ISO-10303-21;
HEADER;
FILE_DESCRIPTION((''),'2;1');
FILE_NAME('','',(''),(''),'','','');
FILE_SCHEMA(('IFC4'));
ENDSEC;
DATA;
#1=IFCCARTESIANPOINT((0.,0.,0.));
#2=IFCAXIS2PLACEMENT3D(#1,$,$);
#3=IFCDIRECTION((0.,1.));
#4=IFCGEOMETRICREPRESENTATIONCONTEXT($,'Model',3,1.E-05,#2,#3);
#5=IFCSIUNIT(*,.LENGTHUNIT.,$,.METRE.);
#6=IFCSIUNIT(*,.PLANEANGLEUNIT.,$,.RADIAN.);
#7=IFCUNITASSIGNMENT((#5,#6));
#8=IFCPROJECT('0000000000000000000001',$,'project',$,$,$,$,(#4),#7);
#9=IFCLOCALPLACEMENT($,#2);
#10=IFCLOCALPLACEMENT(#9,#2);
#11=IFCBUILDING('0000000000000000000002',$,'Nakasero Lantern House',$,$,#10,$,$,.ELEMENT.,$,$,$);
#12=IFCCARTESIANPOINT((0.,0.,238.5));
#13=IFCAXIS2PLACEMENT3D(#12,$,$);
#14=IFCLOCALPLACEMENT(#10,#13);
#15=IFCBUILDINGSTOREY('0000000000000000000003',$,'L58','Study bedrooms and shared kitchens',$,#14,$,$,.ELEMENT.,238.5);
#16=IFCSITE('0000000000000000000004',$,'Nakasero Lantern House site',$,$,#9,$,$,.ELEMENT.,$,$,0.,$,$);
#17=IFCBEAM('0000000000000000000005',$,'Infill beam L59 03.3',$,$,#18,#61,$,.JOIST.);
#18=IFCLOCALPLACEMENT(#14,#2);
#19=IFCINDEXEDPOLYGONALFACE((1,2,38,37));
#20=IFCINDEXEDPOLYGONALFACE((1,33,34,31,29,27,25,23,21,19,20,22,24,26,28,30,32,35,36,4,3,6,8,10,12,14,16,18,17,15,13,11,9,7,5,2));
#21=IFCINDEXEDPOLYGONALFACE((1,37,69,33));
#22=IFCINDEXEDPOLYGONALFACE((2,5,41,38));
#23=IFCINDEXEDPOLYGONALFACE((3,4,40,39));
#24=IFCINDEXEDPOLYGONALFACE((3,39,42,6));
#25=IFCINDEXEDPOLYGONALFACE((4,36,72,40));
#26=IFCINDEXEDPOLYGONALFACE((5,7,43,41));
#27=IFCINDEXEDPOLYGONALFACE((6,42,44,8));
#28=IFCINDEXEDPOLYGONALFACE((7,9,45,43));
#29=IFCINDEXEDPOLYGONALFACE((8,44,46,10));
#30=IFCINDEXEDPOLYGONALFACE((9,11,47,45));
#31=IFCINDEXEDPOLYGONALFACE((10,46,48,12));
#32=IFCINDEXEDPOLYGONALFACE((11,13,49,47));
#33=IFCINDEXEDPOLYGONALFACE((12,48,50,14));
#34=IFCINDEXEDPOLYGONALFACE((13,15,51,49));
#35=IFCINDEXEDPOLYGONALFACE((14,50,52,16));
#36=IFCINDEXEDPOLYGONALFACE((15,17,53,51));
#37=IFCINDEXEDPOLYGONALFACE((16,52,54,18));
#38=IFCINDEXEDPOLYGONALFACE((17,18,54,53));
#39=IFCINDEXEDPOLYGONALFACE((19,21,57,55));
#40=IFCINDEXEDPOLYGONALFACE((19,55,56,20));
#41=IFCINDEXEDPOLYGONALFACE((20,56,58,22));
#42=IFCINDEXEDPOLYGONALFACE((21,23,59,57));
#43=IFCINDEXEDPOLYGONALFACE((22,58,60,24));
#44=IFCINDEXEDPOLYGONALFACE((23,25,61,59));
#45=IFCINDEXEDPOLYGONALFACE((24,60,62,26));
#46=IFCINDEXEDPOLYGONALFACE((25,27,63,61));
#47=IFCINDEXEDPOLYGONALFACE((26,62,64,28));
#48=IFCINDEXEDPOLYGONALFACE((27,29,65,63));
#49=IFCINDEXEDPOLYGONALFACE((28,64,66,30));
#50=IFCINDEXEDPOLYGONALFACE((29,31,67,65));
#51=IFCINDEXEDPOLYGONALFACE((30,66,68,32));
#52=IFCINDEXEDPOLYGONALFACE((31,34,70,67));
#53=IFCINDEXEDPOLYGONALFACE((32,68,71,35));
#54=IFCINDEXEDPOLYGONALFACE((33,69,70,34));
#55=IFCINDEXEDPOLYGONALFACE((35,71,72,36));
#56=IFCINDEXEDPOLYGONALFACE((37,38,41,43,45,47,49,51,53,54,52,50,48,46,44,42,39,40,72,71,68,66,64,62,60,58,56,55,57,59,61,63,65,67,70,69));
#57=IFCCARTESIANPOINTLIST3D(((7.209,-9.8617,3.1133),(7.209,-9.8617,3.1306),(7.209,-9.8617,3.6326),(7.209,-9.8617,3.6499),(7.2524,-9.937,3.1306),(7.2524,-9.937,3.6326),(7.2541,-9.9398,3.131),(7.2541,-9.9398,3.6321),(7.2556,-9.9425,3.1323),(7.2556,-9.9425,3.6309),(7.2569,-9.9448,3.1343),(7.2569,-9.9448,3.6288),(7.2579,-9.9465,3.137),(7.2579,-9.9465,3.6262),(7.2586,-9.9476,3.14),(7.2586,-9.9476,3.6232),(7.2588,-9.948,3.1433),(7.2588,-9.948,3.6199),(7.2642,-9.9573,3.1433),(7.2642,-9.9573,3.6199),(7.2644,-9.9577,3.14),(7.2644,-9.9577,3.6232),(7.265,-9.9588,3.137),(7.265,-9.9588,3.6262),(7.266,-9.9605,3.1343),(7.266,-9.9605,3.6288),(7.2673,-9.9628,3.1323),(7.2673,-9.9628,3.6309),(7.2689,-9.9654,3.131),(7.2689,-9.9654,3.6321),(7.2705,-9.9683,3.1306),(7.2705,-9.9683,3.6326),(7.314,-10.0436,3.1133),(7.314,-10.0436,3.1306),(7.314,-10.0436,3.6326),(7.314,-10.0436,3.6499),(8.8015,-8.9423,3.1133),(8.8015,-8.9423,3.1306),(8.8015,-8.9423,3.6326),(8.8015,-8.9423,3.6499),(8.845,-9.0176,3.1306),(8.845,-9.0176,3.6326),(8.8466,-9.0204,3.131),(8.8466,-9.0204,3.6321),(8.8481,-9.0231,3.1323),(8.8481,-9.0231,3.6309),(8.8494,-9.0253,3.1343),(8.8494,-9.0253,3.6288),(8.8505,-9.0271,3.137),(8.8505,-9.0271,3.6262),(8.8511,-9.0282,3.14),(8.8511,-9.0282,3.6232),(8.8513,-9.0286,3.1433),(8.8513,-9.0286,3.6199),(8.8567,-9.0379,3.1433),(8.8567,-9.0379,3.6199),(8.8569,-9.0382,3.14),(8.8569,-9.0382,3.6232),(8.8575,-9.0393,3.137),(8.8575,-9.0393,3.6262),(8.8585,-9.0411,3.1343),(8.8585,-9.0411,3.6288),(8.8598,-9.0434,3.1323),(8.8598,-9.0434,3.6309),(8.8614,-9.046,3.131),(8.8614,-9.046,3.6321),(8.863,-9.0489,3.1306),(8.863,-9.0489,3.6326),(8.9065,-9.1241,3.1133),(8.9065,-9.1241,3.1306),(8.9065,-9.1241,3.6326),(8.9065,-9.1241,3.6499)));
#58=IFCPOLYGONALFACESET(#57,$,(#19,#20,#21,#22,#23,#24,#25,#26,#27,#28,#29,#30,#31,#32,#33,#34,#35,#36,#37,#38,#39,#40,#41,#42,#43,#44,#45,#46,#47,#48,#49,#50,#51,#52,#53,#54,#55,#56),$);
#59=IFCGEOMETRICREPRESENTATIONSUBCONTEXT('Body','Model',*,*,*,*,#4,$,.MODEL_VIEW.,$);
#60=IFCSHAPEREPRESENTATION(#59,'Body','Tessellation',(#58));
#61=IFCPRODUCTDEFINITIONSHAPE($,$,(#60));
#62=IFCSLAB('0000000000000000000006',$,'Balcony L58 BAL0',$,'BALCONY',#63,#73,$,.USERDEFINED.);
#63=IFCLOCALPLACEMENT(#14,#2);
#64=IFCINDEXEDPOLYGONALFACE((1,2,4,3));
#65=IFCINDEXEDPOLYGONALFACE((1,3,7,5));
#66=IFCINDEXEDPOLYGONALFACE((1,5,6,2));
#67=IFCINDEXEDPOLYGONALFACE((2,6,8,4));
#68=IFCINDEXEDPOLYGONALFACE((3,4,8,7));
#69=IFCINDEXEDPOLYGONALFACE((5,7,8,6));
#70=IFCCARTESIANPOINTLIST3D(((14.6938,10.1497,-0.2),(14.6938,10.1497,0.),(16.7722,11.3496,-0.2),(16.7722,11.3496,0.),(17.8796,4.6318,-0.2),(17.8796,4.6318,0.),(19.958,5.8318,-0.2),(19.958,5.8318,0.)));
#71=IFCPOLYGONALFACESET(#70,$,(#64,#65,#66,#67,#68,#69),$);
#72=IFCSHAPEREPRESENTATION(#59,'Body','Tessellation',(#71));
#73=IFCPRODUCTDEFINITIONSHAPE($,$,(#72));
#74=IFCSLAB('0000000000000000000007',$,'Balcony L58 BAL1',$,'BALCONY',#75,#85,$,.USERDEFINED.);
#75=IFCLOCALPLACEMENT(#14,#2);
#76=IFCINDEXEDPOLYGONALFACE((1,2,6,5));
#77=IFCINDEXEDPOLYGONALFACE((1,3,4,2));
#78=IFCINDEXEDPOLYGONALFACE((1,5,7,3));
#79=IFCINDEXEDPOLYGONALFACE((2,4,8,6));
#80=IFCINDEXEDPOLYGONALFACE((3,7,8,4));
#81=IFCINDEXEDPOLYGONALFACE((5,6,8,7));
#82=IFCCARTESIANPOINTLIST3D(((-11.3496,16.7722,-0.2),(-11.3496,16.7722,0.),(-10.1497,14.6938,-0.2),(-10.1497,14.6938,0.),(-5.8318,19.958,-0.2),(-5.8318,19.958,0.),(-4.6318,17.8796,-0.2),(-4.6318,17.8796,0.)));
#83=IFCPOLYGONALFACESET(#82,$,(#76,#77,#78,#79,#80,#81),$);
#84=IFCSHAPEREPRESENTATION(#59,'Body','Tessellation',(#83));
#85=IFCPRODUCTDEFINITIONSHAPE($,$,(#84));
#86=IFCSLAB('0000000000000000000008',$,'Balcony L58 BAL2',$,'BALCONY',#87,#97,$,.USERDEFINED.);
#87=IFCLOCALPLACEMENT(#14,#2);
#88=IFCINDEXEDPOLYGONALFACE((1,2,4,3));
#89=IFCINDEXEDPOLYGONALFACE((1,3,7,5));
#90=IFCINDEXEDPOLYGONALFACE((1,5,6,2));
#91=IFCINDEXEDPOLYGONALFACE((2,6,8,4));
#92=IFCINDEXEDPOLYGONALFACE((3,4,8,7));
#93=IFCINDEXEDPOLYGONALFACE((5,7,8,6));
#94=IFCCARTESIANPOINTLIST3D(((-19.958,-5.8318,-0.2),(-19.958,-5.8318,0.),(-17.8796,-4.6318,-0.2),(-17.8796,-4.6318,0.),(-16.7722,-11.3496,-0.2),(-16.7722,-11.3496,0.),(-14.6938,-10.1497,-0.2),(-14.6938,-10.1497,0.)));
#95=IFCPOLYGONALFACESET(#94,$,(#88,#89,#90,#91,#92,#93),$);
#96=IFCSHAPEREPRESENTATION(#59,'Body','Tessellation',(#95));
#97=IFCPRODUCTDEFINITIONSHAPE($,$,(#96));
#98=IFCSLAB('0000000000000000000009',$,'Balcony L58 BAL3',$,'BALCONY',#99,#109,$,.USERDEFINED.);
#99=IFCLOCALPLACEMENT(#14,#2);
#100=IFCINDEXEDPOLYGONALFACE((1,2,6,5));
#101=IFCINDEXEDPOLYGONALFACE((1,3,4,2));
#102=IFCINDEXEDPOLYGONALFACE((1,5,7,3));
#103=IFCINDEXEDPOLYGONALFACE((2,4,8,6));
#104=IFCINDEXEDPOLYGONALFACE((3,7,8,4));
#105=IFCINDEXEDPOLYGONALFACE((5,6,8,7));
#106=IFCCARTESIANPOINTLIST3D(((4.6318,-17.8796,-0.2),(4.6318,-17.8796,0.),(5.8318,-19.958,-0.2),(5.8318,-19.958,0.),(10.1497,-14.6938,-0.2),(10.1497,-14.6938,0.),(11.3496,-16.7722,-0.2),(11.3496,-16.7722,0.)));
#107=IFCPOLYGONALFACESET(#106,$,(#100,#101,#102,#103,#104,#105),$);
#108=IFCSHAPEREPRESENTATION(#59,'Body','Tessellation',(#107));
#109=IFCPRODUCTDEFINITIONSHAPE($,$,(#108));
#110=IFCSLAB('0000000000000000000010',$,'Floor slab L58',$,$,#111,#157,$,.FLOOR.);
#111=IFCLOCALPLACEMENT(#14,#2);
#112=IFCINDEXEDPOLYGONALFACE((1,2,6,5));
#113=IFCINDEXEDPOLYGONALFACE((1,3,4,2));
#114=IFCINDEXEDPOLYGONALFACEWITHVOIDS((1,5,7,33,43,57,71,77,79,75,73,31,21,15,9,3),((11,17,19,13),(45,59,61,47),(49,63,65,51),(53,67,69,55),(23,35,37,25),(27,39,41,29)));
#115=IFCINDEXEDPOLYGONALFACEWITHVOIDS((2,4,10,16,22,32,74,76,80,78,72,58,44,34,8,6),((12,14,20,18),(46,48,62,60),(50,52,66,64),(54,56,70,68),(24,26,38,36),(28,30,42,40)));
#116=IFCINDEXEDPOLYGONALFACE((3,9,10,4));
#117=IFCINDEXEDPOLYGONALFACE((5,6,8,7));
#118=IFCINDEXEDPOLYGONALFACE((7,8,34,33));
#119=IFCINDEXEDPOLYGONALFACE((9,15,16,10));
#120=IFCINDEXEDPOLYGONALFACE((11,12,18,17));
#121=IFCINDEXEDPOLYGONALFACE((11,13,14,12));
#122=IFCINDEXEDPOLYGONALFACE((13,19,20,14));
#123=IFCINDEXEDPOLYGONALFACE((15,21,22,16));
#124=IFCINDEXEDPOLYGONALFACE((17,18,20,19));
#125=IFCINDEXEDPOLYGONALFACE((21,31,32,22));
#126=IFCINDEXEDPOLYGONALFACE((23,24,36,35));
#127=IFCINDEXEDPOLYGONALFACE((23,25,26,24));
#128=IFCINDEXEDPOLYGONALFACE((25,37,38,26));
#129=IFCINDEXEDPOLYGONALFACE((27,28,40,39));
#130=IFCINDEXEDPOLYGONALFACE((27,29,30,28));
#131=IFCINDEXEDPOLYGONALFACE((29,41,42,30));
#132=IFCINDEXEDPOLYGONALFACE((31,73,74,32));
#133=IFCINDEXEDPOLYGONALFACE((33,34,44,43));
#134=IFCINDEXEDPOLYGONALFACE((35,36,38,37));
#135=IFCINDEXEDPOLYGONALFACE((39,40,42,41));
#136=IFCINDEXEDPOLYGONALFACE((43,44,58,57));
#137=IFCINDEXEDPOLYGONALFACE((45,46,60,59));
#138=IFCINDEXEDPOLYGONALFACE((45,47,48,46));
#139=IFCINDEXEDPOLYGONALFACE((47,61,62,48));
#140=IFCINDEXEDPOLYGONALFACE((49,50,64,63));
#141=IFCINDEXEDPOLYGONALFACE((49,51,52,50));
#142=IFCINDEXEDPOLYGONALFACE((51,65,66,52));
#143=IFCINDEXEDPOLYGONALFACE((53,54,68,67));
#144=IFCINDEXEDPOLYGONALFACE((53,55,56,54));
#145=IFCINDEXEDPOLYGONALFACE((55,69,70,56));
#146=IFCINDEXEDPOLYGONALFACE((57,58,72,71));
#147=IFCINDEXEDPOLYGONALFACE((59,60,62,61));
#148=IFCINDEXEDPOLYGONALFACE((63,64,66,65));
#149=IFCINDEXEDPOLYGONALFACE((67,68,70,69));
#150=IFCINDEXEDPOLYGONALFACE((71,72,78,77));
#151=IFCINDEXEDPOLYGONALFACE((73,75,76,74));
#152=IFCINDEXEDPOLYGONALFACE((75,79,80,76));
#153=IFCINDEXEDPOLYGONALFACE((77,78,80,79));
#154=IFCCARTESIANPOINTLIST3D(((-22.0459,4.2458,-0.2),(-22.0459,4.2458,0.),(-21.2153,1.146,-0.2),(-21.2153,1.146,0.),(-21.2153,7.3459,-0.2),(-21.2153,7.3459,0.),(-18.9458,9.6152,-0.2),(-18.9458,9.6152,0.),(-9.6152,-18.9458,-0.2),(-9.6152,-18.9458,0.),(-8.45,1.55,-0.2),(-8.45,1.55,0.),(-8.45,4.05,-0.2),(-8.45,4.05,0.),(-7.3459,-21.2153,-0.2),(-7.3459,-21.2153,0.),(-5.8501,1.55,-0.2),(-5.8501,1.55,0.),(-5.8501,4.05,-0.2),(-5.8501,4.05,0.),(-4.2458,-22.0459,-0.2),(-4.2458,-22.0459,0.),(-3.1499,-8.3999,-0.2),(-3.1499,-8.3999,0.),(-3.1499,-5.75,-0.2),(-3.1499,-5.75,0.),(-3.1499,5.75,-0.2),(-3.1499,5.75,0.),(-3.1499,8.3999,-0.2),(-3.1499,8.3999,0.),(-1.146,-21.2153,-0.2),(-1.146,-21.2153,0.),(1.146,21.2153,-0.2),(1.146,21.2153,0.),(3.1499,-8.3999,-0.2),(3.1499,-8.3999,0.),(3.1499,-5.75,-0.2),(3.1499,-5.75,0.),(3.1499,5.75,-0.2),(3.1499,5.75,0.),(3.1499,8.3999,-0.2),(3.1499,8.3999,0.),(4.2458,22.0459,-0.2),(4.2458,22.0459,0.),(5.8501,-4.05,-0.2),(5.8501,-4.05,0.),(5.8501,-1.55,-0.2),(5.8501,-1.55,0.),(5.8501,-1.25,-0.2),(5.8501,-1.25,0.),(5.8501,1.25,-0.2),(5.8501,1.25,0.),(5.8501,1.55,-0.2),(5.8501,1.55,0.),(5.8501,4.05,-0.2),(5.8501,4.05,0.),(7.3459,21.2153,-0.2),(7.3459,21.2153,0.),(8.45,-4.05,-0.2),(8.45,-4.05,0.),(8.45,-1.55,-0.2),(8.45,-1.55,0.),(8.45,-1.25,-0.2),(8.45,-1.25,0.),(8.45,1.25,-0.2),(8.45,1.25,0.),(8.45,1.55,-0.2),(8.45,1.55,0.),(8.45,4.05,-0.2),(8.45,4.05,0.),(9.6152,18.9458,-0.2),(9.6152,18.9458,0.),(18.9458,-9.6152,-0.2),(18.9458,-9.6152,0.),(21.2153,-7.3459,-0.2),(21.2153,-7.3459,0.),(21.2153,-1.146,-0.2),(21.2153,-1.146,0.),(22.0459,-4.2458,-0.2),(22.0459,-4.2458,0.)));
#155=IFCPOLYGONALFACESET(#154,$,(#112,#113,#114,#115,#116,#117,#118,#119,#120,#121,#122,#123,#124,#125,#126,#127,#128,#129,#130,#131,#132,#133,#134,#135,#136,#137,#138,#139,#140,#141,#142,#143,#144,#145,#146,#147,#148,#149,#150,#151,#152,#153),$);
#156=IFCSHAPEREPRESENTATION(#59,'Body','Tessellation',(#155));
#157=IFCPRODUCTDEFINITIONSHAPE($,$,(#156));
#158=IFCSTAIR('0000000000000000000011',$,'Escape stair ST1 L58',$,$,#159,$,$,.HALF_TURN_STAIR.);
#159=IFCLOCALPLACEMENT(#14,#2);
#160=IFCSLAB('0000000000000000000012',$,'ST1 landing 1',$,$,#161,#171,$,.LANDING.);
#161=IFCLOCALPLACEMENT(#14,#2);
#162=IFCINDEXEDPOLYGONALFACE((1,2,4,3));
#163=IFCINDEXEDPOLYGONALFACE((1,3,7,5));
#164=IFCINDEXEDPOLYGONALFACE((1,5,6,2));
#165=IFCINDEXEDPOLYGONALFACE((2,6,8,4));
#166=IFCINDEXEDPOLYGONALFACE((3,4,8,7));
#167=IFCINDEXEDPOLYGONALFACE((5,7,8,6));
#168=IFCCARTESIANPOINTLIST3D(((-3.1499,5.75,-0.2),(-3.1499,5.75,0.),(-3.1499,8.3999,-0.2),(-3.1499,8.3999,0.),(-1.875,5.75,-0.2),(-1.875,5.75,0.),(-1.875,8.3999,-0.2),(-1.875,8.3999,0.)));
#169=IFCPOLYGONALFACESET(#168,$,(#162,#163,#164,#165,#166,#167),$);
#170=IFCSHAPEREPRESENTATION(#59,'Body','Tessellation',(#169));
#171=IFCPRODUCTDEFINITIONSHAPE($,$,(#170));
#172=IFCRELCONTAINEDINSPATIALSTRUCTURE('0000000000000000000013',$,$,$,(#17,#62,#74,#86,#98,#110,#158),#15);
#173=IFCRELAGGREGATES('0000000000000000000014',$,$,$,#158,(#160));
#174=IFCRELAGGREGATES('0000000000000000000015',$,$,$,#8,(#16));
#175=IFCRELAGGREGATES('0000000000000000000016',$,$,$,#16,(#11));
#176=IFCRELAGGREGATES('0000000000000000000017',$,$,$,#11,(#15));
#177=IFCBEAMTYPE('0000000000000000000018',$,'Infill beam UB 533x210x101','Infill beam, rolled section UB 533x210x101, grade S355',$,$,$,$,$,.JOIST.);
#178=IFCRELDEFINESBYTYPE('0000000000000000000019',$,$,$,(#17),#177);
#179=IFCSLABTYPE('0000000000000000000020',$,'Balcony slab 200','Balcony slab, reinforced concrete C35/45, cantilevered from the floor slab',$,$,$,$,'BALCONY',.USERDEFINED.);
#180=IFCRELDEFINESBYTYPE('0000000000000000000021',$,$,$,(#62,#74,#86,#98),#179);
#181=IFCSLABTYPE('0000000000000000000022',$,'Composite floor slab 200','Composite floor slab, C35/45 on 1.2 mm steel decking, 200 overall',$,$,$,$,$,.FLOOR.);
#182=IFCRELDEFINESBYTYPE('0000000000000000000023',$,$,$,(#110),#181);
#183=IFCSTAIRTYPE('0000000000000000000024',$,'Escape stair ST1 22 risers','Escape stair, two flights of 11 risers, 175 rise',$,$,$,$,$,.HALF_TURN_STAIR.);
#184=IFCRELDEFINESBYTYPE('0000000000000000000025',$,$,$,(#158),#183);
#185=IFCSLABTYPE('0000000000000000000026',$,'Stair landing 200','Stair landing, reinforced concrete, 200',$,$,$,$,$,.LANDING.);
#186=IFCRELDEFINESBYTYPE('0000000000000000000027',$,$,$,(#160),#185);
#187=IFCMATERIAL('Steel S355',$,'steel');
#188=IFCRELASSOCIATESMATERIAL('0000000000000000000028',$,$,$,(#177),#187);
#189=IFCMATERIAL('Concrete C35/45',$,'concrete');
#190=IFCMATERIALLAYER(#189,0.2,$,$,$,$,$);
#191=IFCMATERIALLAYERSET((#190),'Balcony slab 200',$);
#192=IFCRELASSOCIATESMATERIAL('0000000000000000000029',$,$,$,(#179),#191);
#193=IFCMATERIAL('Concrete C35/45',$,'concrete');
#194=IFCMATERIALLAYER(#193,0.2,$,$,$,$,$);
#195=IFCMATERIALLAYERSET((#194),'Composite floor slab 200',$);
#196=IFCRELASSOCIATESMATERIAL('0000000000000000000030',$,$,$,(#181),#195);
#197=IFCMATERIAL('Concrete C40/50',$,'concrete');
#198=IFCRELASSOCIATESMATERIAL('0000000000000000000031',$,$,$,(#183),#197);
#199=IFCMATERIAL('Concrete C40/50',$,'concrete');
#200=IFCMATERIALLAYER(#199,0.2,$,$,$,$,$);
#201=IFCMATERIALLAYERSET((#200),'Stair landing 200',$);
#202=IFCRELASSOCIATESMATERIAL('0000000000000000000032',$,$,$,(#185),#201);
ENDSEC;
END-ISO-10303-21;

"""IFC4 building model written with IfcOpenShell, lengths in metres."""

from ifc_helpers import new_model, si_unit, direction, frame, origin, origin_2d, place, context, subcontext, project, spatial, polyline, i_section, outline, extrude, material, layer, layer_set, material_profile, profile_set, type_object, element, aggregate, save


model = new_model("IFC4")

# Units and contexts
model_context = context("Model", 3, precision=1e-05, world=origin(), true_north=direction((0.0, 1.0)))
body_context = subcontext(model_context, "Body", "Model", "MODEL_VIEW")
ifc_project = project(units=[si_unit("LENGTHUNIT", "METRE"), si_unit("PLANEANGLEUNIT", "RADIAN")], contexts=[model_context])

# Site, building, storey
site_placement = place(None, origin())
site = spatial("IfcSite", under=ifc_project, at=site_placement, Name="Nakasero Lantern House site", CompositionType="ELEMENT", RefElevation=0.0)
building_placement = place(site_placement, origin())
building = spatial("IfcBuilding", under=site, at=building_placement, Name="Nakasero Lantern House", CompositionType="ELEMENT")
storey_placement = place(building_placement, frame((0.0, 0.0, 238.5)))
storey = spatial("IfcBuildingStorey", under=building, at=storey_placement, Name="L58", Description="Study bedrooms and shared kitchens", CompositionType="ELEMENT", Elevation=238.5)

# Beam
ifc_material_1 = material(Name="Steel S355", Category="steel")
ifc_material_profile = material_profile(ifc_material_1, i_section(OverallWidth=0.21, OverallDepth=0.5366, WebThickness=0.0107, FlangeThickness=0.0173, FilletRadius=0.0127, at=origin_2d()), Name="UB 533x210x101")
ifc_profile_set = profile_set([ifc_material_profile], Name="Steel S355")
beam_type = type_object("IfcBeamType", Name="Infill beam UB 533x210x101", Description="Infill beam, rolled section UB 533x210x101, grade S355", PredefinedType="JOIST", material=ifc_profile_set)
beam_placement = place(storey_placement, frame((7.2615, -9.9526, 3.3816), z_axis=(0.866029, 0.499994, 0.0), x_axis=(-0.499994, 0.866029, 0.0)))
element("IfcBeam", 1, at=beam_placement, inside=storey, type_object=beam_type, Name="Infill beam L59 03.3", PredefinedType="JOIST", context=body_context, shape_type="SweptSolid", body=[
    extrude(i_section(OverallWidth=0.21, OverallDepth=0.5366, WebThickness=0.0107, FlangeThickness=0.0173, FilletRadius=0.0127, at=origin_2d()), origin(), (0.0, 0.0, 1.0), 1.8389),
])

# Slabs
ifc_material_2 = material(Name="Concrete C35/45", Category="concrete")
ifc_layer_1 = layer(ifc_material_2, 0.2)
ifc_layer_set_1 = layer_set([ifc_layer_1], Name="Balcony slab 200")
slab_type_1 = type_object("IfcSlabType", Name="Balcony slab 200", Description="Balcony slab, reinforced concrete C35/45, cantilevered from the floor slab", ElementType="BALCONY", PredefinedType="USERDEFINED", material=ifc_layer_set_1)
slab_1_placement = place(storey_placement, frame((0.0, 0.0, -0.2)))
element("IfcSlab", 2, at=slab_1_placement, inside=storey, type_object=slab_type_1, Name="Balcony L58 BAL0", ObjectType="BALCONY", PredefinedType="USERDEFINED", context=body_context, shape_type="SweptSolid", body=[
    extrude(outline(polyline([(17.8796, 4.6318), (19.958, 5.8318), (16.7722, 11.3496), (14.6938, 10.1497), (17.8796, 4.6318)])), origin(), (0.0, 0.0, 1.0), 0.2),
])
slab_2_placement = place(storey_placement, frame((0.0, 0.0, -0.2)))
element("IfcSlab", 3, at=slab_2_placement, inside=storey, type_object=slab_type_1, Name="Balcony L58 BAL1", ObjectType="BALCONY", PredefinedType="USERDEFINED", context=body_context, shape_type="SweptSolid", body=[
    extrude(outline(polyline([(-4.6318, 17.8796), (-5.8318, 19.958), (-11.3496, 16.7722), (-10.1497, 14.6938), (-4.6318, 17.8796)])), origin(), (0.0, 0.0, 1.0), 0.2),
])
slab_3_placement = place(storey_placement, frame((0.0, 0.0, -0.2)))
element("IfcSlab", 4, at=slab_3_placement, inside=storey, type_object=slab_type_1, Name="Balcony L58 BAL2", ObjectType="BALCONY", PredefinedType="USERDEFINED", context=body_context, shape_type="SweptSolid", body=[
    extrude(outline(polyline([(-17.8796, -4.6318), (-19.958, -5.8318), (-16.7722, -11.3496), (-14.6938, -10.1497), (-17.8796, -4.6318)])), origin(), (0.0, 0.0, 1.0), 0.2),
])
slab_4_placement = place(storey_placement, frame((0.0, 0.0, -0.2)))
element("IfcSlab", 5, at=slab_4_placement, inside=storey, type_object=slab_type_1, Name="Balcony L58 BAL3", ObjectType="BALCONY", PredefinedType="USERDEFINED", context=body_context, shape_type="SweptSolid", body=[
    extrude(outline(polyline([(4.6318, -17.8796), (5.8318, -19.958), (11.3496, -16.7722), (10.1497, -14.6938), (4.6318, -17.8796)])), origin(), (0.0, 0.0, 1.0), 0.2),
])
ifc_material_3 = material(Name="Concrete C35/45", Category="concrete")
ifc_layer_2 = layer(ifc_material_3, 0.2)
ifc_layer_set_2 = layer_set([ifc_layer_2], Name="Composite floor slab 200")
slab_type_2 = type_object("IfcSlabType", Name="Composite floor slab 200", Description="Composite floor slab, C35/45 on 1.2 mm steel decking, 200 overall", PredefinedType="FLOOR", material=ifc_layer_set_2)
slab_5_placement = place(storey_placement, frame((0.0, 0.0, -0.2)))
element("IfcSlab", 6, at=slab_5_placement, inside=storey, type_object=slab_type_2, Name="Floor slab L58", PredefinedType="FLOOR", context=body_context, shape_type="SweptSolid", body=[
    extrude(outline(polyline([(9.6152, 18.9458), (7.3459, 21.2153), (4.2458, 22.0459), (1.146, 21.2153), (-18.9458, 9.6152), (-21.2153, 7.3459), (-22.0459, 4.2458), (-21.2153, 1.146), (-9.6152, -18.9458), (-7.3459, -21.2153), (-4.2458, -22.0459), (-1.146, -21.2153), (18.9458, -9.6152), (21.2153, -7.3459), (22.0459, -4.2458), (21.2153, -1.146), (9.6152, 18.9458)]), holes=[polyline([(-8.45, 1.55), (-5.8501, 1.55), (-5.8501, 4.05), (-8.45, 4.05), (-8.45, 1.55)]), polyline([(5.8501, -4.05), (8.45, -4.05), (8.45, -1.55), (5.8501, -1.55), (5.8501, -4.05)]), polyline([(5.8501, -1.25), (8.45, -1.25), (8.45, 1.25), (5.8501, 1.25), (5.8501, -1.25)]), polyline([(5.8501, 1.55), (8.45, 1.55), (8.45, 4.05), (5.8501, 4.05), (5.8501, 1.55)]), polyline([(-3.1499, 5.75), (3.1499, 5.75), (3.1499, 8.3999), (-3.1499, 8.3999), (-3.1499, 5.75)]), polyline([(-3.1499, -8.3999), (3.1499, -8.3999), (3.1499, -5.75), (-3.1499, -5.75), (-3.1499, -8.3999)])]), origin(), (0.0, 0.0, 1.0), 0.2),
])

# Stair, slab
ifc_material_4 = material(Name="Concrete C40/50", Category="concrete")
stair_type_1 = type_object("IfcStairType", Name="Escape stair ST1 22 risers", Description="Escape stair, two flights of 11 risers, 175 rise", PredefinedType="HALF_TURN_STAIR", material=ifc_material_4)
stair_1_placement = place(storey_placement, origin())
stair_1 = element("IfcStair", 7, at=stair_1_placement, inside=storey, type_object=stair_type_1, Name="Escape stair ST1 L58", PredefinedType="HALF_TURN_STAIR")
ifc_material_5 = material(Name="Concrete C40/50", Category="concrete")
ifc_layer_3 = layer(ifc_material_5, 0.2)
ifc_layer_set_3 = layer_set([ifc_layer_3], Name="Stair landing 200")
slab_type_3 = type_object("IfcSlabType", Name="Stair landing 200", Description="Stair landing, reinforced concrete, 200", PredefinedType="LANDING", material=ifc_layer_set_3)
slab_6_placement = place(storey_placement, frame((0.0, 0.0, -0.2)))
slab_6 = element("IfcSlab", 8, at=slab_6_placement, type_object=slab_type_3, Name="ST1 landing 1", PredefinedType="LANDING", context=body_context, shape_type="SweptSolid", body=[
    extrude(outline(polyline([(-3.1499, 5.75), (-1.875, 5.75), (-1.875, 8.3999), (-3.1499, 8.3999), (-3.1499, 5.75)])), origin(), (0.0, 0.0, 1.0), 0.2),
])
aggregate(stair_1, [slab_6])

save(model, "model.ifc")
